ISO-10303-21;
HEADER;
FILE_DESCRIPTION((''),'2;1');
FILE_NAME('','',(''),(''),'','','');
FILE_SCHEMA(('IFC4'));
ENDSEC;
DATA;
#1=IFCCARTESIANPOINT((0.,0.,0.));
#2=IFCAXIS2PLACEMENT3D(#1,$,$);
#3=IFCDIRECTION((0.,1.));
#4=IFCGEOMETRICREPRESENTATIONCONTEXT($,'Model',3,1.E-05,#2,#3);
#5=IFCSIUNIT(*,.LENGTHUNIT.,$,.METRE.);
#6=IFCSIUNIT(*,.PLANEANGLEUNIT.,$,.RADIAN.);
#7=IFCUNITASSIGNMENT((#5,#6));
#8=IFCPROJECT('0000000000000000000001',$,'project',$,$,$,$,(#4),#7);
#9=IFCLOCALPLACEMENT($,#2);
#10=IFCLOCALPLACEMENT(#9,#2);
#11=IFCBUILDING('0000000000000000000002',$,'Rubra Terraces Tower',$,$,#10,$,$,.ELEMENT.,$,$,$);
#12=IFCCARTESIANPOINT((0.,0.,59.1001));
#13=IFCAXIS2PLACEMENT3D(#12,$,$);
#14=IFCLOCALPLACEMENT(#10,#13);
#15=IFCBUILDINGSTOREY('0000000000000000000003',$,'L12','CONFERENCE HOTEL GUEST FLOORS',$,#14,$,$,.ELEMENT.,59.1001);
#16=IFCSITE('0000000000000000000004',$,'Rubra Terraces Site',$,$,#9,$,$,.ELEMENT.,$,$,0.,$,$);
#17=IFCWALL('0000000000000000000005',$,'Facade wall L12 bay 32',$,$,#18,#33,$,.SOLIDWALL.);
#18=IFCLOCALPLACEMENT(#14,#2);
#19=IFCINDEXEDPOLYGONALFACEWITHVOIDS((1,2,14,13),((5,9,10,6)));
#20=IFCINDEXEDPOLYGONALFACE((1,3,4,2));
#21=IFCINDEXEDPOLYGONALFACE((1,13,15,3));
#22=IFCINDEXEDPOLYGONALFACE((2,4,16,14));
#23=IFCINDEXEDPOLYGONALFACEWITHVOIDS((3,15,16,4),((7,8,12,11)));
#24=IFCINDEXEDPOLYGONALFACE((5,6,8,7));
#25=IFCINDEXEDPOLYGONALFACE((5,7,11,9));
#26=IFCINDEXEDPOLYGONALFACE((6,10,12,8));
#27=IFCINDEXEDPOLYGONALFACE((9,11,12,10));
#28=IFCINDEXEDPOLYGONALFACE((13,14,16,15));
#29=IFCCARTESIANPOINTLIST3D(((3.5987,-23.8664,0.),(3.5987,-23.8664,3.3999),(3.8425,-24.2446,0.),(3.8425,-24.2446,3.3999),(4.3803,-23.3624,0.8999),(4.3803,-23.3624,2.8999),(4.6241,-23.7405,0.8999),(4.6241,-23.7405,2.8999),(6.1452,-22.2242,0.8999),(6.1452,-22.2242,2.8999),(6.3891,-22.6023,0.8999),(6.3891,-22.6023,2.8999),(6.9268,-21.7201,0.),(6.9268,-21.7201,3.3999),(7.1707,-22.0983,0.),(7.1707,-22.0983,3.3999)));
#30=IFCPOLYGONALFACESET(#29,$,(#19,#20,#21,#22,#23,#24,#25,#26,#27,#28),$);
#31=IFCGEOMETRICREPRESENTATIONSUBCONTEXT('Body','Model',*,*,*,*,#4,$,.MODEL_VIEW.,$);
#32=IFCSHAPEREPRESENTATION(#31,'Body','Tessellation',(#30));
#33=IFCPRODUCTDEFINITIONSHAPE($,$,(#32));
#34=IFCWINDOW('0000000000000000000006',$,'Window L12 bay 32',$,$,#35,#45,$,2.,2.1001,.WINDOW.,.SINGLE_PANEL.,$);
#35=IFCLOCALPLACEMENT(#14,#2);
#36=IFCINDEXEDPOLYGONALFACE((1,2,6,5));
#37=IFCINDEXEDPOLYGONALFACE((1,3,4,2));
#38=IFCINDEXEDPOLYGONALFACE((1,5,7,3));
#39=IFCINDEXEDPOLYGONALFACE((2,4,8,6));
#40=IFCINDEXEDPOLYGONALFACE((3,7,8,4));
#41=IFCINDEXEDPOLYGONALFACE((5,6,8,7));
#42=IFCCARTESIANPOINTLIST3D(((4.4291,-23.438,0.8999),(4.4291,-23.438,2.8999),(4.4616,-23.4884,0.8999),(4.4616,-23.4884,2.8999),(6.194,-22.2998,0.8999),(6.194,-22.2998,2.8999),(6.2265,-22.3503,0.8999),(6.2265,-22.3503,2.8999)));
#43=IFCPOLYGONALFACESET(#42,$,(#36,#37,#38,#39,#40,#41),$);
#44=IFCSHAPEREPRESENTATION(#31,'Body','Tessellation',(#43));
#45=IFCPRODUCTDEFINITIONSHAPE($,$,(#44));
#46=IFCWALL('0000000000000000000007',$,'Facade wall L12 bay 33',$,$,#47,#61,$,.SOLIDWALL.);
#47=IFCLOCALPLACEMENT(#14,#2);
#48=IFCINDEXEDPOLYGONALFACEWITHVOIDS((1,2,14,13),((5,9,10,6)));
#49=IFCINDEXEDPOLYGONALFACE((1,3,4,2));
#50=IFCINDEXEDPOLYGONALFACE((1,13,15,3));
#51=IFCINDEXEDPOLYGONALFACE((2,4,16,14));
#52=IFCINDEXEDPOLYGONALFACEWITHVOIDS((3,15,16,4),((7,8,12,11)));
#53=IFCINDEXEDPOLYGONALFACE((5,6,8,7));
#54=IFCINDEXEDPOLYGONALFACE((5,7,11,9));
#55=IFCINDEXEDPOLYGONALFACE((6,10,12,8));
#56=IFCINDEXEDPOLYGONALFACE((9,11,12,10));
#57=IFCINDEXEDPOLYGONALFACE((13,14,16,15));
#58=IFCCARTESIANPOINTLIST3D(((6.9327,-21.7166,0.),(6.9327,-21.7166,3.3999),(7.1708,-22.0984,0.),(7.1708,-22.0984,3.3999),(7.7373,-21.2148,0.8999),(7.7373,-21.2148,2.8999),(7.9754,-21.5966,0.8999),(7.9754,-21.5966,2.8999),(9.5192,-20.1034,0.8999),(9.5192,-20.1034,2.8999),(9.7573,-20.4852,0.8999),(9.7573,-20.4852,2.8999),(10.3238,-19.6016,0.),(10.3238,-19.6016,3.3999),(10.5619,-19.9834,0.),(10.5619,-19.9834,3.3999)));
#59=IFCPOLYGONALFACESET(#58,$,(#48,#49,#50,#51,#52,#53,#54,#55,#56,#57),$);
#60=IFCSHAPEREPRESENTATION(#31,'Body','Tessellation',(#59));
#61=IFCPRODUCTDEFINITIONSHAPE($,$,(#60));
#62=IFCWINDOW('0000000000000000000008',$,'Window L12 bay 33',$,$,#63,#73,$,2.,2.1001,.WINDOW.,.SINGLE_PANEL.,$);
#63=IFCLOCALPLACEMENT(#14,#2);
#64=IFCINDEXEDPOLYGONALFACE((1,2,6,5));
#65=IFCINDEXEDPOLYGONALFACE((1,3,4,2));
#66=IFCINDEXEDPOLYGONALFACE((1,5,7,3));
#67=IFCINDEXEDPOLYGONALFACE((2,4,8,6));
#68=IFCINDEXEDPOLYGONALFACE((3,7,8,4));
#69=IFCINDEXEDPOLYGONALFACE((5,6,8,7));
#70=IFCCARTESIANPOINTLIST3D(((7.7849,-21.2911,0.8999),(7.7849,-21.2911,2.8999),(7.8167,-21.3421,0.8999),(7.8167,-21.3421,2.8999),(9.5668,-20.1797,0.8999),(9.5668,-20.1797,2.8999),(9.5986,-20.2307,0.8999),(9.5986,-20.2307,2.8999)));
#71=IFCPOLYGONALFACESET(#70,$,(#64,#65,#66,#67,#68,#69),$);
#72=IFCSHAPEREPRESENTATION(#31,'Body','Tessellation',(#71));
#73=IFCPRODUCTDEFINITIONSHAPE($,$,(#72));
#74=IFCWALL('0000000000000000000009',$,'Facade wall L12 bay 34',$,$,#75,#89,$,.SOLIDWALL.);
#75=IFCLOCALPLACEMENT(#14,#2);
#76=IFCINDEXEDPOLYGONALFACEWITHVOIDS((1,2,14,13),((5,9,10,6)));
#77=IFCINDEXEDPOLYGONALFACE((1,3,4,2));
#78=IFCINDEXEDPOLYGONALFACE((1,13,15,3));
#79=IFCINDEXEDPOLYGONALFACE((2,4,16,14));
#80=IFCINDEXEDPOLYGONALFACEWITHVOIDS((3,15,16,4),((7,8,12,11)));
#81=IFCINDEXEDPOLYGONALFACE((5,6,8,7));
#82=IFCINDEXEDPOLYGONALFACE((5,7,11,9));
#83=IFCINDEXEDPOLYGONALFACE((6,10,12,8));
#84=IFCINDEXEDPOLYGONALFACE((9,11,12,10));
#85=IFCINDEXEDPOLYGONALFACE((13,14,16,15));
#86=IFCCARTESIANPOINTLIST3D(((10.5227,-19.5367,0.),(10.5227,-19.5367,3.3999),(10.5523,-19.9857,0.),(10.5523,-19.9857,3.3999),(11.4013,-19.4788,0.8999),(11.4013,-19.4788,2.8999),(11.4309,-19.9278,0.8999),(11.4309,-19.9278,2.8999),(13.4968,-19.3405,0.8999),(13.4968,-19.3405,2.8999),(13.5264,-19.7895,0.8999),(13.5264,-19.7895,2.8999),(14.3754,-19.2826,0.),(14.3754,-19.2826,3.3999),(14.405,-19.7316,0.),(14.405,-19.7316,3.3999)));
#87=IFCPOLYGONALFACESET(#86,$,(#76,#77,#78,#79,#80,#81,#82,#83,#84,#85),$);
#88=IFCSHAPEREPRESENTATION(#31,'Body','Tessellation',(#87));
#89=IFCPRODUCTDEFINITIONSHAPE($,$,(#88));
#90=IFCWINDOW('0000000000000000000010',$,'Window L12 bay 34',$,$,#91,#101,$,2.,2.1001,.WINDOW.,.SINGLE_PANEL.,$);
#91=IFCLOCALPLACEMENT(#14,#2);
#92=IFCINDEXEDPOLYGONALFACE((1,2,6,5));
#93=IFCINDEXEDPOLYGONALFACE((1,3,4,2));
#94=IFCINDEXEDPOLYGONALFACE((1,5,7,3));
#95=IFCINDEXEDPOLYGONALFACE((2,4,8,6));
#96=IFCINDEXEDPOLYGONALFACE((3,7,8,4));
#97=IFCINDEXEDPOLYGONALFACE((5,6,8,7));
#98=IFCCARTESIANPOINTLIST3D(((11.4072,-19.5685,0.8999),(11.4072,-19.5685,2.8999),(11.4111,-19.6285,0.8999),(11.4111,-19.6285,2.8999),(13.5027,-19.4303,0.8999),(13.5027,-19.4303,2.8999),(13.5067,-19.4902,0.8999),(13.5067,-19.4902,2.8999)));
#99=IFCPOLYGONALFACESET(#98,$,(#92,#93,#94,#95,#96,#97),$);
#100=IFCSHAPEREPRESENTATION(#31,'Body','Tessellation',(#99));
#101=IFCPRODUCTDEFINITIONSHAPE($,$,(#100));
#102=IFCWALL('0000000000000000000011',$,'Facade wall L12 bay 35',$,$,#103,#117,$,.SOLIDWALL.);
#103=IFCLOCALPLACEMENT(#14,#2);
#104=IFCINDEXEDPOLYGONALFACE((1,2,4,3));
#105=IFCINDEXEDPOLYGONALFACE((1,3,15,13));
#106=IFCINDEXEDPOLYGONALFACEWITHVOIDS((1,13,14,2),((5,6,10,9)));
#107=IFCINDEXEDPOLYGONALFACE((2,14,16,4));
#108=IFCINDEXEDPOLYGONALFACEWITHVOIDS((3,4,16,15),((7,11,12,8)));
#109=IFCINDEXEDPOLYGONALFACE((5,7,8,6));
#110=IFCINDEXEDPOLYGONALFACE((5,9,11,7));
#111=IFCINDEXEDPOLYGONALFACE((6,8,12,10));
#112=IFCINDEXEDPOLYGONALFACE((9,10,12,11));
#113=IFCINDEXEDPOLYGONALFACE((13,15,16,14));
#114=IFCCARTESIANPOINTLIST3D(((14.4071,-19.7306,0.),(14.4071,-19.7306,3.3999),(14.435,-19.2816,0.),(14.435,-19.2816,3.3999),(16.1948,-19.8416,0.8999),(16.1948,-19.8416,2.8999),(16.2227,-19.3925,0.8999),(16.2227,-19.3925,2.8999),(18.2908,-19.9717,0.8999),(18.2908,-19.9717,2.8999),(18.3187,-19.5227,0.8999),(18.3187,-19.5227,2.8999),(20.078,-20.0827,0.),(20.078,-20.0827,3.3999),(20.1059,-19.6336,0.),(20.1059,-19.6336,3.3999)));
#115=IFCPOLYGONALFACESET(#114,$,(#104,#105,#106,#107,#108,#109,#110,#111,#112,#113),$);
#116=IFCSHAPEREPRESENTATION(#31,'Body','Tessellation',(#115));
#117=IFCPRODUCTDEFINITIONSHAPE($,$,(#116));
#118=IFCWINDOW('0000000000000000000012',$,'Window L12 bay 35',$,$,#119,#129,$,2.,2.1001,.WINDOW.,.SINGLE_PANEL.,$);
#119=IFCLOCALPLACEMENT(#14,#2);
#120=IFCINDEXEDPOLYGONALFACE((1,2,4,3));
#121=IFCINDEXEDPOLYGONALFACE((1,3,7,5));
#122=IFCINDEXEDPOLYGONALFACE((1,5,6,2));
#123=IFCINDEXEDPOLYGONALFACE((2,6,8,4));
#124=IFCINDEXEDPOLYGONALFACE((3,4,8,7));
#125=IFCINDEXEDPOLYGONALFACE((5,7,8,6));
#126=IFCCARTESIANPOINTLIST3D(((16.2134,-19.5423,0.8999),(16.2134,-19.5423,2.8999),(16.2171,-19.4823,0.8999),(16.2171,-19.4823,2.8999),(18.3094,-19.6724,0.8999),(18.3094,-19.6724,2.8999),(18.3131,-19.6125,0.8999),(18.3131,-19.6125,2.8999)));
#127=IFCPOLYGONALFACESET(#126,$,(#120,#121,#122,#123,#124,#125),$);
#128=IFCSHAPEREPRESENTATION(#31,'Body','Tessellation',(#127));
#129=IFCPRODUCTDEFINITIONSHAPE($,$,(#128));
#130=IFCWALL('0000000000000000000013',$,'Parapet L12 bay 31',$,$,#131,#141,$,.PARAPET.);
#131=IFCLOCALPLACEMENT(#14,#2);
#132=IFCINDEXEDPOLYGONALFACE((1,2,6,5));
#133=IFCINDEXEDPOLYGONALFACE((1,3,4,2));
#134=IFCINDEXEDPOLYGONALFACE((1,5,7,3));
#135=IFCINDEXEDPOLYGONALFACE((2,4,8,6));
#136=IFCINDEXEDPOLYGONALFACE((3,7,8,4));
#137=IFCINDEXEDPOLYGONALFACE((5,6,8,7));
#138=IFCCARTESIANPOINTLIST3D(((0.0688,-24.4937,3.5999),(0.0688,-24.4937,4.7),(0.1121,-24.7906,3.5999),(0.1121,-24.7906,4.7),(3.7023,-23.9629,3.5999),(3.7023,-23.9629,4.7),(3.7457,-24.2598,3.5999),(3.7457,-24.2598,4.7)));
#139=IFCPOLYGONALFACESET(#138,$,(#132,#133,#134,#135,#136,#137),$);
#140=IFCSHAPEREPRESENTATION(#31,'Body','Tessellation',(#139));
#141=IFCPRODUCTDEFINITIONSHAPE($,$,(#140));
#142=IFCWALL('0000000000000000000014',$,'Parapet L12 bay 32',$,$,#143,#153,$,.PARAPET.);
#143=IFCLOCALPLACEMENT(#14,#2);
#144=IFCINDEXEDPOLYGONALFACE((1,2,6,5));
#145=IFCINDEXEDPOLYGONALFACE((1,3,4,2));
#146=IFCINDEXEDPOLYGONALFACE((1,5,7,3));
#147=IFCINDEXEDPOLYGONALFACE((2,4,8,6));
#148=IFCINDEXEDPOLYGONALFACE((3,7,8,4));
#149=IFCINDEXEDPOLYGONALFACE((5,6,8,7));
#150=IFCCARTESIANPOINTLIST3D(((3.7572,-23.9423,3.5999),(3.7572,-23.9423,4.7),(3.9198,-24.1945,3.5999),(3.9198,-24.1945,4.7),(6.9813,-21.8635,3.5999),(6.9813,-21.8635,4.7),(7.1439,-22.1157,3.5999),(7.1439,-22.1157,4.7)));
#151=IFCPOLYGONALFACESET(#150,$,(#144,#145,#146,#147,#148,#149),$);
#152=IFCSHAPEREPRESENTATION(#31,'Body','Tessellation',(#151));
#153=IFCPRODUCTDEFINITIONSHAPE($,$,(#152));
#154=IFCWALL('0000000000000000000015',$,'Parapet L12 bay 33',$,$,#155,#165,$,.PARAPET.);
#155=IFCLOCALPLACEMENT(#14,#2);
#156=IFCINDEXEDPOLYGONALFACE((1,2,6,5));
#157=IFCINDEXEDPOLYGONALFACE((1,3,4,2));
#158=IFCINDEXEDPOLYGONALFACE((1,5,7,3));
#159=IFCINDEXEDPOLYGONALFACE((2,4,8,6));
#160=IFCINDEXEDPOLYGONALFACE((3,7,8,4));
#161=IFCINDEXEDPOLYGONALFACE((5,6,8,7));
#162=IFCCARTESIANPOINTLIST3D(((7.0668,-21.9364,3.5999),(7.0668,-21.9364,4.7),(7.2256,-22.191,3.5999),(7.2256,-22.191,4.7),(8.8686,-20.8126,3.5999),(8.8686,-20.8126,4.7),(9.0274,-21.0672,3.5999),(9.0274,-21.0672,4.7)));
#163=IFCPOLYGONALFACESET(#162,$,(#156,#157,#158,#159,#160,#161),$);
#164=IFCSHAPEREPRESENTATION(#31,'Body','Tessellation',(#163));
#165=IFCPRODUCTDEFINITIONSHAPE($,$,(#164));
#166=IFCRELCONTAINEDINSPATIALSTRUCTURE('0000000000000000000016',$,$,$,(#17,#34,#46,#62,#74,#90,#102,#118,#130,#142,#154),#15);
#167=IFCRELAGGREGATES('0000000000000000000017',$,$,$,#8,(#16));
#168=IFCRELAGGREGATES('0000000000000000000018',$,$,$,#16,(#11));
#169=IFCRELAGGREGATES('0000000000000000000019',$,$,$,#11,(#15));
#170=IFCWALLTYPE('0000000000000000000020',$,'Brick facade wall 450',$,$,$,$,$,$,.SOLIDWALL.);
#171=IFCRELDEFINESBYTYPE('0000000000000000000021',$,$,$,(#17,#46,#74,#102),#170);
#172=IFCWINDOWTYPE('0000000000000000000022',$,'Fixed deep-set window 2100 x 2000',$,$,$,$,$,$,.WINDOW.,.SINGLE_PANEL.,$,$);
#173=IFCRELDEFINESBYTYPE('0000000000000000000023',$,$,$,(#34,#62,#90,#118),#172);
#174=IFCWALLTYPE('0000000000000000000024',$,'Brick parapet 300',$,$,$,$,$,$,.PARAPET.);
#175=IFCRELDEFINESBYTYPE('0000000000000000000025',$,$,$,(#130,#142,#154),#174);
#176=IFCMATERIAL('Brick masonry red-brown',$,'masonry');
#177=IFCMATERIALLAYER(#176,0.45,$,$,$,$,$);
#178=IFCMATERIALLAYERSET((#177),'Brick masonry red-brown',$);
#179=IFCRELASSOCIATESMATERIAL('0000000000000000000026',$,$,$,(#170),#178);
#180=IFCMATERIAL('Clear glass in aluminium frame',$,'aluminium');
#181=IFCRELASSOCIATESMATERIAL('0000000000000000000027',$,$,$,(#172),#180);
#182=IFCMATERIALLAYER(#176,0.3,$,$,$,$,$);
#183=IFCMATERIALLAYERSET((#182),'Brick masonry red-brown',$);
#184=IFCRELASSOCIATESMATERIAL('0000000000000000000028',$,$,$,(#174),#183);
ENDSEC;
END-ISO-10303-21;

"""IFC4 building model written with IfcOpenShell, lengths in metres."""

from ifc_helpers import new_model, si_unit, direction, frame, frame_2d, origin, place, context, subcontext, project, spatial, rectangle, extrude, material, layer, layer_set, type_object, element, fill, save


model = new_model("IFC4")

# Units and contexts
model_context = context("Model", 3, precision=1e-05, world=origin(), true_north=direction((0.0, 1.0)))
body_context = subcontext(model_context, "Body", "Model", "MODEL_VIEW")
ifc_project = project(units=[si_unit("LENGTHUNIT", "METRE"), si_unit("PLANEANGLEUNIT", "RADIAN")], contexts=[model_context])

# Site, building, storey
site_placement = place(None, origin())
site = spatial("IfcSite", under=ifc_project, at=site_placement, Name="Rubra Terraces Site", CompositionType="ELEMENT", RefElevation=0.0)
building_placement = place(site_placement, origin())
building = spatial("IfcBuilding", under=site, at=building_placement, Name="Rubra Terraces Tower", CompositionType="ELEMENT")
storey_placement = place(building_placement, frame((0.0, 0.0, 59.1001)))
storey = spatial("IfcBuildingStorey", under=building, at=storey_placement, Name="L12", Description="CONFERENCE HOTEL GUEST FLOORS", CompositionType="ELEMENT", Elevation=59.1001)

# Walls, openings, windows
ifc_material_1 = material(Name="Brick masonry red-brown", Category="masonry")
ifc_layer_1 = layer(ifc_material_1, 0.45)
ifc_layer_set_1 = layer_set([ifc_layer_1], Name="Brick masonry red-brown")
wall_type_1 = type_object("IfcWallType", Name="Brick facade wall 450", PredefinedType="SOLIDWALL", material=ifc_layer_set_1)
wall_1_placement = place(storey_placement, frame((3.7207, -24.0554, 0.0), z_axis=(0.0, 0.0, 1.0), x_axis=(0.840404, 0.54196, 0.0)))
wall_1 = element("IfcWall", 1, at=wall_1_placement, inside=storey, type_object=wall_type_1, Name="Facade wall L12 bay 32", PredefinedType="SOLIDWALL", context=body_context, shape_type="SweptSolid", body=[
    extrude(rectangle(XDim=3.9602, YDim=0.45, at=frame_2d((1.98, 0.0))), origin(), (0.0, 0.0, 1.0), 3.3999),
])
opening_1_placement = place(wall_1_placement, frame((0.9299, 0.0, 0.8999)))
opening_1 = element("IfcOpeningElement", 2, at=opening_1_placement, cuts=wall_1, PredefinedType="OPENING", context=body_context, shape_type="SweptSolid", body=[
    extrude(rectangle(XDim=2.1001, YDim=2.0, at=frame_2d((1.05, 1.0))), frame((0.0, 0.2349, 0.0), z_axis=(0.0, -1.0, 0.0), x_axis=(1.0, 0.0, 0.0)), (0.0, 0.0, 1.0), 0.47),
])
ifc_material_2 = material(Name="Clear glass in aluminium frame", Category="aluminium")
window_type = type_object("IfcWindowType", Name="Fixed deep-set window 2100 x 2000", PartitioningType="SINGLE_PANEL", PredefinedType="WINDOW", material=ifc_material_2)
window_1_placement = place(opening_1_placement, origin())
window_1 = element("IfcWindow", 3, at=window_1_placement, inside=storey, type_object=window_type, Name="Window L12 bay 32", OverallHeight=2.0, OverallWidth=2.1001, PartitioningType="SINGLE_PANEL", PredefinedType="WINDOW", context=body_context, shape_type="SweptSolid", body=[
    extrude(rectangle(XDim=2.1001, YDim=2.0, at=frame_2d((1.05, 1.0))), frame((0.0, 0.135, 0.0), z_axis=(0.0, -1.0, 0.0), x_axis=(1.0, 0.0, 0.0)), (0.0, 0.0, 1.0), 0.0601),
])
fill(opening_1, window_1)
wall_2_placement = place(storey_placement, frame((7.0518, -21.9075, 0.0), z_axis=(0.0, 0.0, 1.0), x_axis=(0.848499, 0.529197, 0.0)))
wall_2 = element("IfcWall", 4, at=wall_2_placement, inside=storey, type_object=wall_type_1, Name="Facade wall L12 bay 33", PredefinedType="SOLIDWALL", context=body_context, shape_type="SweptSolid", body=[
    extrude(rectangle(XDim=3.9966, YDim=0.45, at=frame_2d((1.9983, 0.0))), origin(), (0.0, 0.0, 1.0), 3.3999),
])
opening_2_placement = place(wall_2_placement, frame((0.9482, 0.0, 0.8999)))
opening_2 = element("IfcOpeningElement", 5, at=opening_2_placement, cuts=wall_2, PredefinedType="OPENING", context=body_context, shape_type="SweptSolid", body=[
    extrude(rectangle(XDim=2.1001, YDim=2.0, at=frame_2d((1.05, 1.0))), frame((0.0, 0.2349, 0.0), z_axis=(0.0, -1.0, 0.0), x_axis=(1.0, 0.0, 0.0)), (0.0, 0.0, 1.0), 0.47),
])
window_2_placement = place(opening_2_placement, origin())
window_2 = element("IfcWindow", 6, at=window_2_placement, inside=storey, type_object=window_type, Name="Window L12 bay 33", OverallHeight=2.0, OverallWidth=2.1001, PartitioningType="SINGLE_PANEL", PredefinedType="WINDOW", context=body_context, shape_type="SweptSolid", body=[
    extrude(rectangle(XDim=2.1001, YDim=2.0, at=frame_2d((1.05, 1.0))), frame((0.0, 0.135, 0.0), z_axis=(0.0, -1.0, 0.0), x_axis=(1.0, 0.0, 0.0)), (0.0, 0.0, 1.0), 0.0601),
])
fill(opening_2, window_2)
wall_3_placement = place(storey_placement, frame((10.5374, -19.7612, 0.0), z_axis=(0.0, 0.0, 1.0), x_axis=(0.997831, 0.065822, 0.0)))
wall_3 = element("IfcWall", 7, at=wall_3_placement, inside=storey, type_object=wall_type_1, Name="Facade wall L12 bay 34", PredefinedType="SOLIDWALL", context=body_context, shape_type="SweptSolid", body=[
    extrude(rectangle(XDim=3.8611, YDim=0.45, at=frame_2d((1.9307, 0.0))), origin(), (0.0, 0.0, 1.0), 3.3999),
])
opening_3_placement = place(wall_3_placement, frame((0.8806, 0.0, 0.8999)))
opening_3 = element("IfcOpeningElement", 8, at=opening_3_placement, cuts=wall_3, PredefinedType="OPENING", context=body_context, shape_type="SweptSolid", body=[
    extrude(rectangle(XDim=2.1001, YDim=2.0, at=frame_2d((1.05, 1.0))), frame((0.0, 0.2349, 0.0), z_axis=(0.0, -1.0, 0.0), x_axis=(1.0, 0.0, 0.0)), (0.0, 0.0, 1.0), 0.47),
])
window_3_placement = place(opening_3_placement, origin())
window_3 = element("IfcWindow", 9, at=window_3_placement, inside=storey, type_object=window_type, Name="Window L12 bay 34", OverallHeight=2.0, OverallWidth=2.1001, PartitioningType="SINGLE_PANEL", PredefinedType="WINDOW", context=body_context, shape_type="SweptSolid", body=[
    extrude(rectangle(XDim=2.1001, YDim=2.0, at=frame_2d((1.05, 1.0))), frame((0.0, 0.135, 0.0), z_axis=(0.0, -1.0, 0.0), x_axis=(1.0, 0.0, 0.0)), (0.0, 0.0, 1.0), 0.0601),
])
fill(opening_3, window_3)
wall_4_placement = place(storey_placement, frame((14.4211, -19.5061, 0.0), z_axis=(0.0, 0.0, 1.0), x_axis=(0.998079, -0.061961, 0.0)))
wall_4 = element("IfcWall", 10, at=wall_4_placement, inside=storey, type_object=wall_type_1, Name="Facade wall L12 bay 35", PredefinedType="SOLIDWALL", context=body_context, shape_type="SweptSolid", body=[
    extrude(rectangle(XDim=5.6819, YDim=0.45, at=frame_2d((2.8408, 0.0))), origin(), (0.0, 0.0, 1.0), 3.3999),
])
opening_4_placement = place(wall_4_placement, frame((1.791, 0.0, 0.8999)))
opening_4 = element("IfcOpeningElement", 11, at=opening_4_placement, cuts=wall_4, PredefinedType="OPENING", context=body_context, shape_type="SweptSolid", body=[
    extrude(rectangle(XDim=2.1001, YDim=2.0, at=frame_2d((1.05, 1.0))), frame((0.0, 0.2349, 0.0), z_axis=(0.0, -1.0, 0.0), x_axis=(1.0, 0.0, 0.0)), (0.0, 0.0, 1.0), 0.47),
])
window_4_placement = place(opening_4_placement, origin())
window_4 = element("IfcWindow", 12, at=window_4_placement, inside=storey, type_object=window_type, Name="Window L12 bay 35", OverallHeight=2.0, OverallWidth=2.1001, PartitioningType="SINGLE_PANEL", PredefinedType="WINDOW", context=body_context, shape_type="SweptSolid", body=[
    extrude(rectangle(XDim=2.1001, YDim=2.0, at=frame_2d((1.05, 1.0))), frame((0.0, 0.135, 0.0), z_axis=(0.0, -1.0, 0.0), x_axis=(1.0, 0.0, 0.0)), (0.0, 0.0, 1.0), 0.0601),
])
fill(opening_4, window_4)

# Walls
ifc_layer_2 = layer(ifc_material_1, 0.3)
ifc_layer_set_2 = layer_set([ifc_layer_2], Name="Brick masonry red-brown")
wall_type_2 = type_object("IfcWallType", Name="Brick parapet 300", PredefinedType="PARAPET", material=ifc_layer_set_2)
wall_5_placement = place(storey_placement, frame((0.0906, -24.6421, 3.5999), z_axis=(0.0, 0.0, 1.0), x_axis=(0.989499, 0.144539, 0.0)))
element("IfcWall", 13, at=wall_5_placement, inside=storey, type_object=wall_type_2, Name="Parapet L12 bay 31", PredefinedType="PARAPET", context=body_context, shape_type="SweptSolid", body=[
    extrude(rectangle(XDim=3.6721, YDim=0.3, at=frame_2d((1.8359, 0.0))), origin(), (0.0, 0.0, 1.0), 1.1001),
])
wall_6_placement = place(storey_placement, frame((3.8386, -24.0684, 3.5999), z_axis=(0.0, 0.0, 1.0), x_axis=(0.840442, 0.541902, 0.0)))
element("IfcWall", 14, at=wall_6_placement, inside=storey, type_object=wall_type_2, Name="Parapet L12 bay 32", PredefinedType="PARAPET", context=body_context, shape_type="SweptSolid", body=[
    extrude(rectangle(XDim=3.8362, YDim=0.3, at=frame_2d((1.918, 0.0))), origin(), (0.0, 0.0, 1.0), 1.1001),
])
wall_7_placement = place(storey_placement, frame((7.1462, -22.0637, 3.5999), z_axis=(0.0, 0.0, 1.0), x_axis=(0.848489, 0.529213, 0.0)))
element("IfcWall", 15, at=wall_7_placement, inside=storey, type_object=wall_type_2, Name="Parapet L12 bay 33", PredefinedType="PARAPET", context=body_context, shape_type="SweptSolid", body=[
    extrude(rectangle(XDim=2.1235, YDim=0.3, at=frame_2d((1.0618, 0.0))), origin(), (0.0, 0.0, 1.0), 1.1001),
])

save(model, "model.ifc")
